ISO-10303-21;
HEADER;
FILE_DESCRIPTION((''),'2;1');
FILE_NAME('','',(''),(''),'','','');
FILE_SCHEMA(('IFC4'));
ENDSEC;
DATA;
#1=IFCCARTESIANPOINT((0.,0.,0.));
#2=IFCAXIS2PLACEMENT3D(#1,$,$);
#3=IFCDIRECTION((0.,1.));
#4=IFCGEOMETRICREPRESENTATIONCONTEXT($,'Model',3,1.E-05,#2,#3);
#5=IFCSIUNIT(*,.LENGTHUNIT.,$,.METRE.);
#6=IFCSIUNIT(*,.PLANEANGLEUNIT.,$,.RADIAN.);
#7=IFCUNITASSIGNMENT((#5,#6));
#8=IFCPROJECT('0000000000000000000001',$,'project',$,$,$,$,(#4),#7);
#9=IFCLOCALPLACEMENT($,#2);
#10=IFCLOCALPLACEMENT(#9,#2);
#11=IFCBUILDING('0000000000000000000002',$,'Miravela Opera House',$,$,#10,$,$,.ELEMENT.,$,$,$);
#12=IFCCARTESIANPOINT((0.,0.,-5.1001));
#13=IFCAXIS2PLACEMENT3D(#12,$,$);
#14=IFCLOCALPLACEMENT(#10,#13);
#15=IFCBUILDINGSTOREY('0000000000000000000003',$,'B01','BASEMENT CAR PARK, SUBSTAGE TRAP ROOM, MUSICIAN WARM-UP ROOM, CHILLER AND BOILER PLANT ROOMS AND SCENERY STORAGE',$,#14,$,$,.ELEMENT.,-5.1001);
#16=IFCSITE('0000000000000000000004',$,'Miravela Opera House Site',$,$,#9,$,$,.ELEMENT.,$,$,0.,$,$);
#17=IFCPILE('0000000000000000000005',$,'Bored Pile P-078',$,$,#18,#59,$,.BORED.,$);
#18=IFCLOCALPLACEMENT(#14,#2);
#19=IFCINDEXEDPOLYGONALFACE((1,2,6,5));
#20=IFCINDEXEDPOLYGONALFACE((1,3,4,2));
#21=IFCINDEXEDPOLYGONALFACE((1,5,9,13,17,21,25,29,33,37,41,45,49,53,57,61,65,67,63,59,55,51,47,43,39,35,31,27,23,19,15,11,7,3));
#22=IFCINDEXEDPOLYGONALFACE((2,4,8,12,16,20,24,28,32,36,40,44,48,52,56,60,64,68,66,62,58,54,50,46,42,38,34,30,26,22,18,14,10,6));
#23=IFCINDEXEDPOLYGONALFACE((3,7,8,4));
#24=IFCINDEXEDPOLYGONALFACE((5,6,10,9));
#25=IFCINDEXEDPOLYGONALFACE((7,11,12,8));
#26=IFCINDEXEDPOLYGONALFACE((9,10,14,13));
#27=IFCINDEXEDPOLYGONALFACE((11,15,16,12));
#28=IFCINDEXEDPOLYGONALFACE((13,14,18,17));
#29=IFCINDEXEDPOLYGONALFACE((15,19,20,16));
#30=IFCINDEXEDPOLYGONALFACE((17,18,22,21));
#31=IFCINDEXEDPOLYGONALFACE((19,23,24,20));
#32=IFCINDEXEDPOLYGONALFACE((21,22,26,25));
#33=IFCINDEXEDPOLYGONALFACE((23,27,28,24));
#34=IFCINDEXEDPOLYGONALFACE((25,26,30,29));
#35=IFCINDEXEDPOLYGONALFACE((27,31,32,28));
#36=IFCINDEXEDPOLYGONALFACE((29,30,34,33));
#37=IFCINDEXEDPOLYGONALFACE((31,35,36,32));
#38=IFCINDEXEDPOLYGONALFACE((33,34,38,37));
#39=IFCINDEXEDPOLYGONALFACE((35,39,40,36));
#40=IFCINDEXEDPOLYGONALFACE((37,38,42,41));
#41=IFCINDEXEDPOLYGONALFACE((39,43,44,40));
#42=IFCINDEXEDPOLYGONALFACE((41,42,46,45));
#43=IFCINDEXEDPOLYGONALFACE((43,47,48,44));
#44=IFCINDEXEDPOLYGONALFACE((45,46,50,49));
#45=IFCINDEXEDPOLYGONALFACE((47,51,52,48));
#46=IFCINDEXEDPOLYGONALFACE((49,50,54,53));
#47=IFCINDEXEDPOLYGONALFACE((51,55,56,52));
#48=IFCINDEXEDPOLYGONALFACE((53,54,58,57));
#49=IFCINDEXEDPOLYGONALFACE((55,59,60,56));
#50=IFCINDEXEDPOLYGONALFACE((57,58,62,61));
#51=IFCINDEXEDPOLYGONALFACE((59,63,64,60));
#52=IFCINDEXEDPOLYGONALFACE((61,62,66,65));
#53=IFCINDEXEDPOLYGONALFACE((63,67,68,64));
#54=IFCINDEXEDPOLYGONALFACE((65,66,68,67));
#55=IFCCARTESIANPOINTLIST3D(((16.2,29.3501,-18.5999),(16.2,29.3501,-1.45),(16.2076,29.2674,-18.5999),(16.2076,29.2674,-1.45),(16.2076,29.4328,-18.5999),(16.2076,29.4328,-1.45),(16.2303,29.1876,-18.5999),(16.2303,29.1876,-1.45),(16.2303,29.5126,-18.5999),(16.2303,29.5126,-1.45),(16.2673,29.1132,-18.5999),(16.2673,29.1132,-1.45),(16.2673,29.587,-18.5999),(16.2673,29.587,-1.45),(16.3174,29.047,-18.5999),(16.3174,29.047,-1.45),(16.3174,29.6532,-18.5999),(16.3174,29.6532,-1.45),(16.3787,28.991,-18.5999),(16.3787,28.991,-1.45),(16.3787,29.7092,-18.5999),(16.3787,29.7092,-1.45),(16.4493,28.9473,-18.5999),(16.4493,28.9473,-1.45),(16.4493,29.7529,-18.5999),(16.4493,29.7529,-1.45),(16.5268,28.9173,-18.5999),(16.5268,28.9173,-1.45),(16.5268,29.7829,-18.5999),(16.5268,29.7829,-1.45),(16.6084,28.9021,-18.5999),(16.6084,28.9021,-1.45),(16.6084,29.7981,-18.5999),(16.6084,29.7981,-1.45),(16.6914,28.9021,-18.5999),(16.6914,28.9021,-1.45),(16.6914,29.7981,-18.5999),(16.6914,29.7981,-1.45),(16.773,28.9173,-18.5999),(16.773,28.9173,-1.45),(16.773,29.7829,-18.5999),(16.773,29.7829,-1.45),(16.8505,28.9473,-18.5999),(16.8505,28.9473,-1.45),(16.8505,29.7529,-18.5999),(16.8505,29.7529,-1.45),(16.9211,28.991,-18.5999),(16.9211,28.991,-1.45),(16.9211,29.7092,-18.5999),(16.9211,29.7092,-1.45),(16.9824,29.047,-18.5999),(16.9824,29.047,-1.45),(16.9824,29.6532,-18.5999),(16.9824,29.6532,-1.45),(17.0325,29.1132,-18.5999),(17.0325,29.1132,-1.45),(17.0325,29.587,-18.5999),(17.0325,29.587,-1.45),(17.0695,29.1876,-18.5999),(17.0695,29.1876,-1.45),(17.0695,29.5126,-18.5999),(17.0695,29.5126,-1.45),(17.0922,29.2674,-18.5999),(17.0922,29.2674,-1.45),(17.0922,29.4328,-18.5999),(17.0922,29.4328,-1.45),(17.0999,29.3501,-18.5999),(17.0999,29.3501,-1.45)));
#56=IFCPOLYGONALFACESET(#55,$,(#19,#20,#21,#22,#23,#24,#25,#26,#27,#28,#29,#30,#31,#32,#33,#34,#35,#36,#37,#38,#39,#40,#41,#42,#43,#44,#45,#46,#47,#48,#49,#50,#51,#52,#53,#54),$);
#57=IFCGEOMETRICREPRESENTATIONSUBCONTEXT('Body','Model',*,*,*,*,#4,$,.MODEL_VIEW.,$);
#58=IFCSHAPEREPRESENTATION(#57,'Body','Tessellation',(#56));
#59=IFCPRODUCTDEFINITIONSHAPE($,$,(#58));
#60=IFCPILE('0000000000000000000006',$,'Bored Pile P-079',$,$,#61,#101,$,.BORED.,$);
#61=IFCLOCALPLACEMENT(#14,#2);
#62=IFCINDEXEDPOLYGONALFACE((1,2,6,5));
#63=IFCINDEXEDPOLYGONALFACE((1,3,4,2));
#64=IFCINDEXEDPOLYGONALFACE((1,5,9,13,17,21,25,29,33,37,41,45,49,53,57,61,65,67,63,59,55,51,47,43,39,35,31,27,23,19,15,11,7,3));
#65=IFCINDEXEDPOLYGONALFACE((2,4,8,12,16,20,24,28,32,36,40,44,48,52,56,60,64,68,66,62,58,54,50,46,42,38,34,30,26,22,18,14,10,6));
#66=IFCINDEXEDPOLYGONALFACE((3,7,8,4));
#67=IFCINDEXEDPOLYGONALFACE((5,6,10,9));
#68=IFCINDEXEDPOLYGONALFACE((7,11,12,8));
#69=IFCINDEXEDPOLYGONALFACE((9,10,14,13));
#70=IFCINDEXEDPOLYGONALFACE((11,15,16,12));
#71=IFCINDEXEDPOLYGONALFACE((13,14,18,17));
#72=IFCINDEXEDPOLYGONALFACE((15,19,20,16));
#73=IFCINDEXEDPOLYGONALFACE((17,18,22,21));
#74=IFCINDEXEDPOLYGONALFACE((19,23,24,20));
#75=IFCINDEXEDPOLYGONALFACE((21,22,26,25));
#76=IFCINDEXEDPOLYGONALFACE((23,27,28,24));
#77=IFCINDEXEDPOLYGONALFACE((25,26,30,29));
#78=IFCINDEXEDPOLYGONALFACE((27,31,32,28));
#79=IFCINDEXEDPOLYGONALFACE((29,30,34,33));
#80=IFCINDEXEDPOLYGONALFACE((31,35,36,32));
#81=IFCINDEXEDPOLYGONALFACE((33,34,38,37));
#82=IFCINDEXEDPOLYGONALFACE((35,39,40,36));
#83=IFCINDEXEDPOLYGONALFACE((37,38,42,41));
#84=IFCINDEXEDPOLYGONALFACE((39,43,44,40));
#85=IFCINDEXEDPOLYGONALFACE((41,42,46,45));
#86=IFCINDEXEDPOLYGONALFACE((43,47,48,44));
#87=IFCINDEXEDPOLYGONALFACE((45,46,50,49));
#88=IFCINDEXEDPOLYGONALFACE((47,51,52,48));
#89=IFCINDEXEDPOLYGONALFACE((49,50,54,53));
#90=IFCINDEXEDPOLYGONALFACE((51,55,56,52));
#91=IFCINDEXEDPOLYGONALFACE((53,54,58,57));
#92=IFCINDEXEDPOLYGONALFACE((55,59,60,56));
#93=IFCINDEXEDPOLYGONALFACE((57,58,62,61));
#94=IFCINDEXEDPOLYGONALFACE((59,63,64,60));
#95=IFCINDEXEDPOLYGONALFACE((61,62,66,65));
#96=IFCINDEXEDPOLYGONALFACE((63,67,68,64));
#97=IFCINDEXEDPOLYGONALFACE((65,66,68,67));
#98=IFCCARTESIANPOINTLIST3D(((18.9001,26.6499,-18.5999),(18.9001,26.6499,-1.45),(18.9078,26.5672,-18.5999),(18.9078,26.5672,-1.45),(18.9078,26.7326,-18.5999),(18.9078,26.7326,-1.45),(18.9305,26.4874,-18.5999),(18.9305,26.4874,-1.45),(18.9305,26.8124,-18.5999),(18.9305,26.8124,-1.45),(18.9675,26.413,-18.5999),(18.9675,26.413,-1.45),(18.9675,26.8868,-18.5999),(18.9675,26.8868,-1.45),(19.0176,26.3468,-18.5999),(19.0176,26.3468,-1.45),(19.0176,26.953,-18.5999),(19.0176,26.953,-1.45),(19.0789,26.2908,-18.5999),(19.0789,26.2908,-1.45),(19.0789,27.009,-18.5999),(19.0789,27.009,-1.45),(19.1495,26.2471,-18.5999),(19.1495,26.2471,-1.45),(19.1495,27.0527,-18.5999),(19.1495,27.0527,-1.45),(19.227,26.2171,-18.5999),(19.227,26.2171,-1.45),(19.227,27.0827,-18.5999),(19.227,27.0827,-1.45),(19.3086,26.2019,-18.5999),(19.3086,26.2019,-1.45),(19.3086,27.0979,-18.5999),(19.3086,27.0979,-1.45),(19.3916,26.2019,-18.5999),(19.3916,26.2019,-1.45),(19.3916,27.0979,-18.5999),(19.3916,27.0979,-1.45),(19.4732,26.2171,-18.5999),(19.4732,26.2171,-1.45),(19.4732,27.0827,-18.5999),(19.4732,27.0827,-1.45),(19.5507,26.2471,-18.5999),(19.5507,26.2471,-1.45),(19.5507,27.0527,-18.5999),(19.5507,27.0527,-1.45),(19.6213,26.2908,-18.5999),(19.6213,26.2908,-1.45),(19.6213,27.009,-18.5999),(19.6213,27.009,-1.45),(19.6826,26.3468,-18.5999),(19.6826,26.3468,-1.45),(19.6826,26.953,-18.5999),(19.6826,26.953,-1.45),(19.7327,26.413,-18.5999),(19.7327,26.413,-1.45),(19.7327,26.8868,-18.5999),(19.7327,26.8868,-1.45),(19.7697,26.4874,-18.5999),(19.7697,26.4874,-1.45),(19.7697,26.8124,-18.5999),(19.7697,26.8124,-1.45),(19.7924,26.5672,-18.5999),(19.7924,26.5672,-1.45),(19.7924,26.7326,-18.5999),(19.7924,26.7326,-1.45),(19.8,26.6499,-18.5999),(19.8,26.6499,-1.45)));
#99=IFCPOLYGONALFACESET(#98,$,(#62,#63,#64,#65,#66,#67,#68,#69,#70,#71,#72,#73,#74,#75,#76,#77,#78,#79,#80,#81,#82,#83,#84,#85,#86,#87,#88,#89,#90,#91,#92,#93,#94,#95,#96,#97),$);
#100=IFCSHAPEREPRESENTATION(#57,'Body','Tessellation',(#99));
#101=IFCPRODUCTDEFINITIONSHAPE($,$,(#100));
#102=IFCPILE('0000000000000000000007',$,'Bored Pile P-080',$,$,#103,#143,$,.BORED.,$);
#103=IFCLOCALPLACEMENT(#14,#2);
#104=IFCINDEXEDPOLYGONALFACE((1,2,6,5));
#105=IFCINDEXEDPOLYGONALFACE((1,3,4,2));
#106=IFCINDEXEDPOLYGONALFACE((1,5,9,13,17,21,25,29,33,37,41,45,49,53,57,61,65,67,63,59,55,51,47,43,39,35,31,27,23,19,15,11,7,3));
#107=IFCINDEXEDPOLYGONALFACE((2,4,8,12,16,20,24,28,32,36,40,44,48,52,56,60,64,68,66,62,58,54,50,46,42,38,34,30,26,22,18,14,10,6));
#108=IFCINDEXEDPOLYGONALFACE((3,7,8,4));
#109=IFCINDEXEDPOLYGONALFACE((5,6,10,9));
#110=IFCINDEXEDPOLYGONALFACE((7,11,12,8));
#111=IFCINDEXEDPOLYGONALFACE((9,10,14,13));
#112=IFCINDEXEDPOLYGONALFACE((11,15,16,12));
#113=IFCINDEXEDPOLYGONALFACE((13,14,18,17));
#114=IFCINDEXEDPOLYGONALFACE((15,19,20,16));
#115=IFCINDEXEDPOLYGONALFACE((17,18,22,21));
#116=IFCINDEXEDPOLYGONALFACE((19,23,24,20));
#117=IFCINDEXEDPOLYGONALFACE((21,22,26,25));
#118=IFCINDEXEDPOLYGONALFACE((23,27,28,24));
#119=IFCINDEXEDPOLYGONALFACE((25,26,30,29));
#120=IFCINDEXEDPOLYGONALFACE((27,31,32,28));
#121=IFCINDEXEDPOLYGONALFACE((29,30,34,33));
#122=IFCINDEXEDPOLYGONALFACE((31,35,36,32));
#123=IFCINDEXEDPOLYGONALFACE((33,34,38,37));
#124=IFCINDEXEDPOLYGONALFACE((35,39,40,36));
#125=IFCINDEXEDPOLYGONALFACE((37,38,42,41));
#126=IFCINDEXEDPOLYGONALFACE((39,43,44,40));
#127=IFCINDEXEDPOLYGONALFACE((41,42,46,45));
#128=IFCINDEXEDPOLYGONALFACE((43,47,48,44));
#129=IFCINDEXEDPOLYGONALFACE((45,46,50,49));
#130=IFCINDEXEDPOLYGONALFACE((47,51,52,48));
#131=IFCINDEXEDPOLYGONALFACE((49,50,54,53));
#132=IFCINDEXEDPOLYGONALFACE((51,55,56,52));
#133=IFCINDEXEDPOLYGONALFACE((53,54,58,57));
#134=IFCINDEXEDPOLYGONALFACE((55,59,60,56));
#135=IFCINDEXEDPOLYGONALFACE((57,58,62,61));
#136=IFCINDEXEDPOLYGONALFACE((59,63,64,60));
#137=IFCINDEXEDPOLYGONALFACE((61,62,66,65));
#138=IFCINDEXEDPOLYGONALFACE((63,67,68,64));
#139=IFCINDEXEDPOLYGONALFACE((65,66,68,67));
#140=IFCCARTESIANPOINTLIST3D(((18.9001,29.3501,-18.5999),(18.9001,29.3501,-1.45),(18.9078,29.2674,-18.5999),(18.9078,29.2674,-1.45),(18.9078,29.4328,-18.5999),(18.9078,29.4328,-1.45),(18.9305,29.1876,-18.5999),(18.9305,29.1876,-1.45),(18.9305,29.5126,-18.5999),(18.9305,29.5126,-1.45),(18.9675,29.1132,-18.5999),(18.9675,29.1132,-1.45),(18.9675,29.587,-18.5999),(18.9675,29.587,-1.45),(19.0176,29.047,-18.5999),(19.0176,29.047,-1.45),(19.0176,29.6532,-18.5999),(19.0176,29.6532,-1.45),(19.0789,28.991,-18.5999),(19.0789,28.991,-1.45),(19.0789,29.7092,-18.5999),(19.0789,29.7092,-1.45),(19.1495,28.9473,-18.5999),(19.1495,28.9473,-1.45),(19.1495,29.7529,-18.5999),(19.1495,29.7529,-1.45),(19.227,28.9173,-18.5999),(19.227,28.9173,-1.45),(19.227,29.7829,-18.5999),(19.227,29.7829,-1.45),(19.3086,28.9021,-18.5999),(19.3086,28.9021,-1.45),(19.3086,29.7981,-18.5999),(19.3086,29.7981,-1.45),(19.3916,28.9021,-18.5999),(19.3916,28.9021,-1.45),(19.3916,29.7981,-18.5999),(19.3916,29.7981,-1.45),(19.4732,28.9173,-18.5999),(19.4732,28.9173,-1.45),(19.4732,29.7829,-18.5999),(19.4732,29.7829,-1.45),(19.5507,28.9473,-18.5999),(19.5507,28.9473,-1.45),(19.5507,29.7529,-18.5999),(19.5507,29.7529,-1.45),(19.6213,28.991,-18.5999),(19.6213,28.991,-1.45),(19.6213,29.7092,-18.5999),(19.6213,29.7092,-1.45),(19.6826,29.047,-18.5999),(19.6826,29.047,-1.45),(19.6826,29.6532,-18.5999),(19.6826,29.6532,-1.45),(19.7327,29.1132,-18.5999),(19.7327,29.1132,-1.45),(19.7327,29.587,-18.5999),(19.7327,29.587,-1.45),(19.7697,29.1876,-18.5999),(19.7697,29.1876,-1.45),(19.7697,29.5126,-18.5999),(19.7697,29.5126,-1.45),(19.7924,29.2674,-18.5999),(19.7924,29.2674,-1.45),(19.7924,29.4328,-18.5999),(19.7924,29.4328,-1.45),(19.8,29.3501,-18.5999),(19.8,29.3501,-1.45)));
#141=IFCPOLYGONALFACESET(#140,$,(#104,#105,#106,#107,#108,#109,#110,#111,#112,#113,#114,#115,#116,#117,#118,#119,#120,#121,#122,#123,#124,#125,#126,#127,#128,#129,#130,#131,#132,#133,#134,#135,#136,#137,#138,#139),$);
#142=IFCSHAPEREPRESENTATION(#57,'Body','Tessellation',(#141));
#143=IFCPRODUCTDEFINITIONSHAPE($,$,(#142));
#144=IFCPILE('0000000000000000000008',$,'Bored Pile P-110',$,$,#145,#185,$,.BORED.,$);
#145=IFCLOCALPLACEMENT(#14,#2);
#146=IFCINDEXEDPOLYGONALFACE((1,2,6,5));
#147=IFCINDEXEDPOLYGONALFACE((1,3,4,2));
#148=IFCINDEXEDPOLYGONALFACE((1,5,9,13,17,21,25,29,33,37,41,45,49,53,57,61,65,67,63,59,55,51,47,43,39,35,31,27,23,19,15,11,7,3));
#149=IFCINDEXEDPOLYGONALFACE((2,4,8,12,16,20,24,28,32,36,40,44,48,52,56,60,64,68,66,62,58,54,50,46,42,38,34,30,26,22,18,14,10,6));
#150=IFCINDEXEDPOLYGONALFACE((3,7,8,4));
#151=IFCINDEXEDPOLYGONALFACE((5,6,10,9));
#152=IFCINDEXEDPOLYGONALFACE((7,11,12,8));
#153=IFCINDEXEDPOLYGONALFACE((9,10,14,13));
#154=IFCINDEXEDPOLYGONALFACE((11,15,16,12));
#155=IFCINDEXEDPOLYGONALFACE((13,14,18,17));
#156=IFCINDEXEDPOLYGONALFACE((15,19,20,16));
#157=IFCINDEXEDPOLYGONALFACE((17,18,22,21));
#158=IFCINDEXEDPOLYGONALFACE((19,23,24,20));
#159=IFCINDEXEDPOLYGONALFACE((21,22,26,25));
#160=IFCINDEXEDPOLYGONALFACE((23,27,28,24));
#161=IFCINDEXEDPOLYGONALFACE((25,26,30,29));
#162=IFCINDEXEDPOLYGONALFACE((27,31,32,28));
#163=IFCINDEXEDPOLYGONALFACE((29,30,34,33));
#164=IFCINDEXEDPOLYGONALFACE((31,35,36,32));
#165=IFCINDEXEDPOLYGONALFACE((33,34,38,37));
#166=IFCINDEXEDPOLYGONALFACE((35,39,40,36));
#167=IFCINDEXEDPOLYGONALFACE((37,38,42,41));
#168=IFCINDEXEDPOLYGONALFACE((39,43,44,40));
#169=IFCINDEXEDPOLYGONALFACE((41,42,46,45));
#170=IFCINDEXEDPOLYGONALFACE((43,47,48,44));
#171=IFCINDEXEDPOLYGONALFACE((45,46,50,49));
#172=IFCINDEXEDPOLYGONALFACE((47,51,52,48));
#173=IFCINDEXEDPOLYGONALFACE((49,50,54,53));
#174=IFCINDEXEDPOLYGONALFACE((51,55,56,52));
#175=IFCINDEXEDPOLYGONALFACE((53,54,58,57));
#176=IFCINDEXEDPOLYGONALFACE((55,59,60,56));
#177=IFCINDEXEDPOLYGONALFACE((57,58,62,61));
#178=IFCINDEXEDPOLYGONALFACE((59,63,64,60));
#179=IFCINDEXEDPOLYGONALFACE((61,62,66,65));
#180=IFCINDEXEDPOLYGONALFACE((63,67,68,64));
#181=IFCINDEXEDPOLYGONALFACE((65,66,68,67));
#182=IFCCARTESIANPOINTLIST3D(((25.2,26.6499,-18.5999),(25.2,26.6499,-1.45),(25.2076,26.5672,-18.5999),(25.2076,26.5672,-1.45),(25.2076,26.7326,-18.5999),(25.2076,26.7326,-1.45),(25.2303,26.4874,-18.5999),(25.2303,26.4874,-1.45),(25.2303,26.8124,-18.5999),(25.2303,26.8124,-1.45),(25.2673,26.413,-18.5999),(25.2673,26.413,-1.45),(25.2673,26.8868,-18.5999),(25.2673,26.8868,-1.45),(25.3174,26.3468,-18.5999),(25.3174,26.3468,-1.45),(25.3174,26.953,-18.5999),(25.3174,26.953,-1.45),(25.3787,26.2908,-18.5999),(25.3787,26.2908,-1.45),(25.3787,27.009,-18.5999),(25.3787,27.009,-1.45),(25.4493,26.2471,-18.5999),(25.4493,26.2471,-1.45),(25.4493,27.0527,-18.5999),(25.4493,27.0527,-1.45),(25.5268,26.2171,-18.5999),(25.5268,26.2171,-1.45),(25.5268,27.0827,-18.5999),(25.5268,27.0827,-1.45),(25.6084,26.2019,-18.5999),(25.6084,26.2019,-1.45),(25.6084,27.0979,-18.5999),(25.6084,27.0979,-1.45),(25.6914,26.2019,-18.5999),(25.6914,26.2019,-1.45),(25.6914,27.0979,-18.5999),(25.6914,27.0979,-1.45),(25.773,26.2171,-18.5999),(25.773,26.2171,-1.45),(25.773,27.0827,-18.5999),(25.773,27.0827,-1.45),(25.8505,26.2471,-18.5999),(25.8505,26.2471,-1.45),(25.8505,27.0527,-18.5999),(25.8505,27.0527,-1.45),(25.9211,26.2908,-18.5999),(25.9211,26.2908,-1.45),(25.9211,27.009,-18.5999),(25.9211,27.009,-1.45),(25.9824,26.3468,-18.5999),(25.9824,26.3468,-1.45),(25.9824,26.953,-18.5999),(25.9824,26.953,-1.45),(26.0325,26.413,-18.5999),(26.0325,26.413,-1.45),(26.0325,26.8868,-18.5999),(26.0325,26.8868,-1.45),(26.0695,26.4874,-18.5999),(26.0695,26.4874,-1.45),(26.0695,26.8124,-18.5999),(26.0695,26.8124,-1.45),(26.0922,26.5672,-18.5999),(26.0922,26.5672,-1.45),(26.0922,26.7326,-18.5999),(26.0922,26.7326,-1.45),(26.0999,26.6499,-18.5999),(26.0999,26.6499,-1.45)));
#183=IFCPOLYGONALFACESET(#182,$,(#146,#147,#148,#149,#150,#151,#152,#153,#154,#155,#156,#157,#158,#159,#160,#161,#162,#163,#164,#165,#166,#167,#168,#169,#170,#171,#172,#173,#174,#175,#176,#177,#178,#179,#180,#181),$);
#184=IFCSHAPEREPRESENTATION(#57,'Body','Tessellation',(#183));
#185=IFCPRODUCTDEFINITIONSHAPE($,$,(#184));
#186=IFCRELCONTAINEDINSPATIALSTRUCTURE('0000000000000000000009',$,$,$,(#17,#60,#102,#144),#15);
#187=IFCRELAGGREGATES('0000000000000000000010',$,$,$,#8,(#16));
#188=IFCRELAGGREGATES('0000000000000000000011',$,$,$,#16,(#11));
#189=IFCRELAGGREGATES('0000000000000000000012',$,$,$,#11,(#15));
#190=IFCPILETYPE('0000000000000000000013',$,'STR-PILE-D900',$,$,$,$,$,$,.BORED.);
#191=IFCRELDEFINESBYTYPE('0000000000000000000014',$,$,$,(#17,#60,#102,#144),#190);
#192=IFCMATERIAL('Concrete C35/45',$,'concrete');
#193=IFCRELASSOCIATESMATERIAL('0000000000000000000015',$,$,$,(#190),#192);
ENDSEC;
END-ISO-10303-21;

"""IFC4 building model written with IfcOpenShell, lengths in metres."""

from ifc_helpers import new_model, si_unit, direction, frame, origin, origin_2d, place, context, subcontext, project, spatial, circle, extrude, material, material_profile, profile_set, type_object, element, save


model = new_model("IFC4")

# Units and contexts
model_context = context("Model", 3, precision=1e-05, world=origin(), true_north=direction((0.0, 1.0)))
body_context = subcontext(model_context, "Body", "Model", "MODEL_VIEW")
ifc_project = project(units=[si_unit("LENGTHUNIT", "METRE"), si_unit("PLANEANGLEUNIT", "RADIAN")], contexts=[model_context])

# Site, building, storey
site_placement = place(None, origin())
site = spatial("IfcSite", under=ifc_project, at=site_placement, Name="Miravela Opera House Site", CompositionType="ELEMENT", RefElevation=0.0)
building_placement = place(site_placement, origin())
building = spatial("IfcBuilding", under=site, at=building_placement, Name="Miravela Opera House", CompositionType="ELEMENT")
storey_placement = place(building_placement, frame((0.0, 0.0, -5.1001)))
storey = spatial("IfcBuildingStorey", under=building, at=storey_placement, Name="B01", Description="BASEMENT CAR PARK, SUBSTAGE TRAP ROOM, MUSICIAN WARM-UP ROOM, CHILLER AND BOILER PLANT ROOMS AND SCENERY STORAGE", CompositionType="ELEMENT", Elevation=-5.1001)

# Shared definitions
ifc_material_1 = material(Name="Concrete C35/45", Category="concrete")

# Piles
ifc_material_profile_1 = material_profile(ifc_material_1, circle(Radius=0.45, at=origin_2d()), Name="PILE-D900")
ifc_profile_set_1 = profile_set([ifc_material_profile_1])
pile_type_1 = type_object("IfcPileType", Name="STR-PILE-D900", PredefinedType="BORED", material=ifc_profile_set_1)
for number, where, z_axis, x_axis, name in (
    (1, (16.6499, 29.3501, -1.45), (0.0, 0.0, -1.0), (1.0, 0.0, 0.0), "Bored Pile P-078"),
    (2, (19.3501, 26.6499, -1.45), (0.0, 0.0, -1.0), (1.0, 0.0, 0.0), "Bored Pile P-079"),
    (3, (19.3501, 29.3501, -1.45), (0.0, 0.0, -1.0), (1.0, 0.0, 0.0), "Bored Pile P-080"),
    (4, (25.6499, 26.6499, -1.45), (0.0, 0.0, -1.0), (1.0, 0.0, 0.0), "Bored Pile P-110"),
):
    element("IfcPile", number, at=place(storey_placement, frame(where, z_axis=z_axis, x_axis=x_axis)), inside=storey, type_object=pile_type_1, Name=name, PredefinedType="BORED", context=body_context, shape_type="SweptSolid", body=[
        extrude(circle(Radius=0.45, at=origin_2d()), origin(), (0.0, 0.0, 1.0), 17.1499),
    ])

save(model, "model.ifc")
